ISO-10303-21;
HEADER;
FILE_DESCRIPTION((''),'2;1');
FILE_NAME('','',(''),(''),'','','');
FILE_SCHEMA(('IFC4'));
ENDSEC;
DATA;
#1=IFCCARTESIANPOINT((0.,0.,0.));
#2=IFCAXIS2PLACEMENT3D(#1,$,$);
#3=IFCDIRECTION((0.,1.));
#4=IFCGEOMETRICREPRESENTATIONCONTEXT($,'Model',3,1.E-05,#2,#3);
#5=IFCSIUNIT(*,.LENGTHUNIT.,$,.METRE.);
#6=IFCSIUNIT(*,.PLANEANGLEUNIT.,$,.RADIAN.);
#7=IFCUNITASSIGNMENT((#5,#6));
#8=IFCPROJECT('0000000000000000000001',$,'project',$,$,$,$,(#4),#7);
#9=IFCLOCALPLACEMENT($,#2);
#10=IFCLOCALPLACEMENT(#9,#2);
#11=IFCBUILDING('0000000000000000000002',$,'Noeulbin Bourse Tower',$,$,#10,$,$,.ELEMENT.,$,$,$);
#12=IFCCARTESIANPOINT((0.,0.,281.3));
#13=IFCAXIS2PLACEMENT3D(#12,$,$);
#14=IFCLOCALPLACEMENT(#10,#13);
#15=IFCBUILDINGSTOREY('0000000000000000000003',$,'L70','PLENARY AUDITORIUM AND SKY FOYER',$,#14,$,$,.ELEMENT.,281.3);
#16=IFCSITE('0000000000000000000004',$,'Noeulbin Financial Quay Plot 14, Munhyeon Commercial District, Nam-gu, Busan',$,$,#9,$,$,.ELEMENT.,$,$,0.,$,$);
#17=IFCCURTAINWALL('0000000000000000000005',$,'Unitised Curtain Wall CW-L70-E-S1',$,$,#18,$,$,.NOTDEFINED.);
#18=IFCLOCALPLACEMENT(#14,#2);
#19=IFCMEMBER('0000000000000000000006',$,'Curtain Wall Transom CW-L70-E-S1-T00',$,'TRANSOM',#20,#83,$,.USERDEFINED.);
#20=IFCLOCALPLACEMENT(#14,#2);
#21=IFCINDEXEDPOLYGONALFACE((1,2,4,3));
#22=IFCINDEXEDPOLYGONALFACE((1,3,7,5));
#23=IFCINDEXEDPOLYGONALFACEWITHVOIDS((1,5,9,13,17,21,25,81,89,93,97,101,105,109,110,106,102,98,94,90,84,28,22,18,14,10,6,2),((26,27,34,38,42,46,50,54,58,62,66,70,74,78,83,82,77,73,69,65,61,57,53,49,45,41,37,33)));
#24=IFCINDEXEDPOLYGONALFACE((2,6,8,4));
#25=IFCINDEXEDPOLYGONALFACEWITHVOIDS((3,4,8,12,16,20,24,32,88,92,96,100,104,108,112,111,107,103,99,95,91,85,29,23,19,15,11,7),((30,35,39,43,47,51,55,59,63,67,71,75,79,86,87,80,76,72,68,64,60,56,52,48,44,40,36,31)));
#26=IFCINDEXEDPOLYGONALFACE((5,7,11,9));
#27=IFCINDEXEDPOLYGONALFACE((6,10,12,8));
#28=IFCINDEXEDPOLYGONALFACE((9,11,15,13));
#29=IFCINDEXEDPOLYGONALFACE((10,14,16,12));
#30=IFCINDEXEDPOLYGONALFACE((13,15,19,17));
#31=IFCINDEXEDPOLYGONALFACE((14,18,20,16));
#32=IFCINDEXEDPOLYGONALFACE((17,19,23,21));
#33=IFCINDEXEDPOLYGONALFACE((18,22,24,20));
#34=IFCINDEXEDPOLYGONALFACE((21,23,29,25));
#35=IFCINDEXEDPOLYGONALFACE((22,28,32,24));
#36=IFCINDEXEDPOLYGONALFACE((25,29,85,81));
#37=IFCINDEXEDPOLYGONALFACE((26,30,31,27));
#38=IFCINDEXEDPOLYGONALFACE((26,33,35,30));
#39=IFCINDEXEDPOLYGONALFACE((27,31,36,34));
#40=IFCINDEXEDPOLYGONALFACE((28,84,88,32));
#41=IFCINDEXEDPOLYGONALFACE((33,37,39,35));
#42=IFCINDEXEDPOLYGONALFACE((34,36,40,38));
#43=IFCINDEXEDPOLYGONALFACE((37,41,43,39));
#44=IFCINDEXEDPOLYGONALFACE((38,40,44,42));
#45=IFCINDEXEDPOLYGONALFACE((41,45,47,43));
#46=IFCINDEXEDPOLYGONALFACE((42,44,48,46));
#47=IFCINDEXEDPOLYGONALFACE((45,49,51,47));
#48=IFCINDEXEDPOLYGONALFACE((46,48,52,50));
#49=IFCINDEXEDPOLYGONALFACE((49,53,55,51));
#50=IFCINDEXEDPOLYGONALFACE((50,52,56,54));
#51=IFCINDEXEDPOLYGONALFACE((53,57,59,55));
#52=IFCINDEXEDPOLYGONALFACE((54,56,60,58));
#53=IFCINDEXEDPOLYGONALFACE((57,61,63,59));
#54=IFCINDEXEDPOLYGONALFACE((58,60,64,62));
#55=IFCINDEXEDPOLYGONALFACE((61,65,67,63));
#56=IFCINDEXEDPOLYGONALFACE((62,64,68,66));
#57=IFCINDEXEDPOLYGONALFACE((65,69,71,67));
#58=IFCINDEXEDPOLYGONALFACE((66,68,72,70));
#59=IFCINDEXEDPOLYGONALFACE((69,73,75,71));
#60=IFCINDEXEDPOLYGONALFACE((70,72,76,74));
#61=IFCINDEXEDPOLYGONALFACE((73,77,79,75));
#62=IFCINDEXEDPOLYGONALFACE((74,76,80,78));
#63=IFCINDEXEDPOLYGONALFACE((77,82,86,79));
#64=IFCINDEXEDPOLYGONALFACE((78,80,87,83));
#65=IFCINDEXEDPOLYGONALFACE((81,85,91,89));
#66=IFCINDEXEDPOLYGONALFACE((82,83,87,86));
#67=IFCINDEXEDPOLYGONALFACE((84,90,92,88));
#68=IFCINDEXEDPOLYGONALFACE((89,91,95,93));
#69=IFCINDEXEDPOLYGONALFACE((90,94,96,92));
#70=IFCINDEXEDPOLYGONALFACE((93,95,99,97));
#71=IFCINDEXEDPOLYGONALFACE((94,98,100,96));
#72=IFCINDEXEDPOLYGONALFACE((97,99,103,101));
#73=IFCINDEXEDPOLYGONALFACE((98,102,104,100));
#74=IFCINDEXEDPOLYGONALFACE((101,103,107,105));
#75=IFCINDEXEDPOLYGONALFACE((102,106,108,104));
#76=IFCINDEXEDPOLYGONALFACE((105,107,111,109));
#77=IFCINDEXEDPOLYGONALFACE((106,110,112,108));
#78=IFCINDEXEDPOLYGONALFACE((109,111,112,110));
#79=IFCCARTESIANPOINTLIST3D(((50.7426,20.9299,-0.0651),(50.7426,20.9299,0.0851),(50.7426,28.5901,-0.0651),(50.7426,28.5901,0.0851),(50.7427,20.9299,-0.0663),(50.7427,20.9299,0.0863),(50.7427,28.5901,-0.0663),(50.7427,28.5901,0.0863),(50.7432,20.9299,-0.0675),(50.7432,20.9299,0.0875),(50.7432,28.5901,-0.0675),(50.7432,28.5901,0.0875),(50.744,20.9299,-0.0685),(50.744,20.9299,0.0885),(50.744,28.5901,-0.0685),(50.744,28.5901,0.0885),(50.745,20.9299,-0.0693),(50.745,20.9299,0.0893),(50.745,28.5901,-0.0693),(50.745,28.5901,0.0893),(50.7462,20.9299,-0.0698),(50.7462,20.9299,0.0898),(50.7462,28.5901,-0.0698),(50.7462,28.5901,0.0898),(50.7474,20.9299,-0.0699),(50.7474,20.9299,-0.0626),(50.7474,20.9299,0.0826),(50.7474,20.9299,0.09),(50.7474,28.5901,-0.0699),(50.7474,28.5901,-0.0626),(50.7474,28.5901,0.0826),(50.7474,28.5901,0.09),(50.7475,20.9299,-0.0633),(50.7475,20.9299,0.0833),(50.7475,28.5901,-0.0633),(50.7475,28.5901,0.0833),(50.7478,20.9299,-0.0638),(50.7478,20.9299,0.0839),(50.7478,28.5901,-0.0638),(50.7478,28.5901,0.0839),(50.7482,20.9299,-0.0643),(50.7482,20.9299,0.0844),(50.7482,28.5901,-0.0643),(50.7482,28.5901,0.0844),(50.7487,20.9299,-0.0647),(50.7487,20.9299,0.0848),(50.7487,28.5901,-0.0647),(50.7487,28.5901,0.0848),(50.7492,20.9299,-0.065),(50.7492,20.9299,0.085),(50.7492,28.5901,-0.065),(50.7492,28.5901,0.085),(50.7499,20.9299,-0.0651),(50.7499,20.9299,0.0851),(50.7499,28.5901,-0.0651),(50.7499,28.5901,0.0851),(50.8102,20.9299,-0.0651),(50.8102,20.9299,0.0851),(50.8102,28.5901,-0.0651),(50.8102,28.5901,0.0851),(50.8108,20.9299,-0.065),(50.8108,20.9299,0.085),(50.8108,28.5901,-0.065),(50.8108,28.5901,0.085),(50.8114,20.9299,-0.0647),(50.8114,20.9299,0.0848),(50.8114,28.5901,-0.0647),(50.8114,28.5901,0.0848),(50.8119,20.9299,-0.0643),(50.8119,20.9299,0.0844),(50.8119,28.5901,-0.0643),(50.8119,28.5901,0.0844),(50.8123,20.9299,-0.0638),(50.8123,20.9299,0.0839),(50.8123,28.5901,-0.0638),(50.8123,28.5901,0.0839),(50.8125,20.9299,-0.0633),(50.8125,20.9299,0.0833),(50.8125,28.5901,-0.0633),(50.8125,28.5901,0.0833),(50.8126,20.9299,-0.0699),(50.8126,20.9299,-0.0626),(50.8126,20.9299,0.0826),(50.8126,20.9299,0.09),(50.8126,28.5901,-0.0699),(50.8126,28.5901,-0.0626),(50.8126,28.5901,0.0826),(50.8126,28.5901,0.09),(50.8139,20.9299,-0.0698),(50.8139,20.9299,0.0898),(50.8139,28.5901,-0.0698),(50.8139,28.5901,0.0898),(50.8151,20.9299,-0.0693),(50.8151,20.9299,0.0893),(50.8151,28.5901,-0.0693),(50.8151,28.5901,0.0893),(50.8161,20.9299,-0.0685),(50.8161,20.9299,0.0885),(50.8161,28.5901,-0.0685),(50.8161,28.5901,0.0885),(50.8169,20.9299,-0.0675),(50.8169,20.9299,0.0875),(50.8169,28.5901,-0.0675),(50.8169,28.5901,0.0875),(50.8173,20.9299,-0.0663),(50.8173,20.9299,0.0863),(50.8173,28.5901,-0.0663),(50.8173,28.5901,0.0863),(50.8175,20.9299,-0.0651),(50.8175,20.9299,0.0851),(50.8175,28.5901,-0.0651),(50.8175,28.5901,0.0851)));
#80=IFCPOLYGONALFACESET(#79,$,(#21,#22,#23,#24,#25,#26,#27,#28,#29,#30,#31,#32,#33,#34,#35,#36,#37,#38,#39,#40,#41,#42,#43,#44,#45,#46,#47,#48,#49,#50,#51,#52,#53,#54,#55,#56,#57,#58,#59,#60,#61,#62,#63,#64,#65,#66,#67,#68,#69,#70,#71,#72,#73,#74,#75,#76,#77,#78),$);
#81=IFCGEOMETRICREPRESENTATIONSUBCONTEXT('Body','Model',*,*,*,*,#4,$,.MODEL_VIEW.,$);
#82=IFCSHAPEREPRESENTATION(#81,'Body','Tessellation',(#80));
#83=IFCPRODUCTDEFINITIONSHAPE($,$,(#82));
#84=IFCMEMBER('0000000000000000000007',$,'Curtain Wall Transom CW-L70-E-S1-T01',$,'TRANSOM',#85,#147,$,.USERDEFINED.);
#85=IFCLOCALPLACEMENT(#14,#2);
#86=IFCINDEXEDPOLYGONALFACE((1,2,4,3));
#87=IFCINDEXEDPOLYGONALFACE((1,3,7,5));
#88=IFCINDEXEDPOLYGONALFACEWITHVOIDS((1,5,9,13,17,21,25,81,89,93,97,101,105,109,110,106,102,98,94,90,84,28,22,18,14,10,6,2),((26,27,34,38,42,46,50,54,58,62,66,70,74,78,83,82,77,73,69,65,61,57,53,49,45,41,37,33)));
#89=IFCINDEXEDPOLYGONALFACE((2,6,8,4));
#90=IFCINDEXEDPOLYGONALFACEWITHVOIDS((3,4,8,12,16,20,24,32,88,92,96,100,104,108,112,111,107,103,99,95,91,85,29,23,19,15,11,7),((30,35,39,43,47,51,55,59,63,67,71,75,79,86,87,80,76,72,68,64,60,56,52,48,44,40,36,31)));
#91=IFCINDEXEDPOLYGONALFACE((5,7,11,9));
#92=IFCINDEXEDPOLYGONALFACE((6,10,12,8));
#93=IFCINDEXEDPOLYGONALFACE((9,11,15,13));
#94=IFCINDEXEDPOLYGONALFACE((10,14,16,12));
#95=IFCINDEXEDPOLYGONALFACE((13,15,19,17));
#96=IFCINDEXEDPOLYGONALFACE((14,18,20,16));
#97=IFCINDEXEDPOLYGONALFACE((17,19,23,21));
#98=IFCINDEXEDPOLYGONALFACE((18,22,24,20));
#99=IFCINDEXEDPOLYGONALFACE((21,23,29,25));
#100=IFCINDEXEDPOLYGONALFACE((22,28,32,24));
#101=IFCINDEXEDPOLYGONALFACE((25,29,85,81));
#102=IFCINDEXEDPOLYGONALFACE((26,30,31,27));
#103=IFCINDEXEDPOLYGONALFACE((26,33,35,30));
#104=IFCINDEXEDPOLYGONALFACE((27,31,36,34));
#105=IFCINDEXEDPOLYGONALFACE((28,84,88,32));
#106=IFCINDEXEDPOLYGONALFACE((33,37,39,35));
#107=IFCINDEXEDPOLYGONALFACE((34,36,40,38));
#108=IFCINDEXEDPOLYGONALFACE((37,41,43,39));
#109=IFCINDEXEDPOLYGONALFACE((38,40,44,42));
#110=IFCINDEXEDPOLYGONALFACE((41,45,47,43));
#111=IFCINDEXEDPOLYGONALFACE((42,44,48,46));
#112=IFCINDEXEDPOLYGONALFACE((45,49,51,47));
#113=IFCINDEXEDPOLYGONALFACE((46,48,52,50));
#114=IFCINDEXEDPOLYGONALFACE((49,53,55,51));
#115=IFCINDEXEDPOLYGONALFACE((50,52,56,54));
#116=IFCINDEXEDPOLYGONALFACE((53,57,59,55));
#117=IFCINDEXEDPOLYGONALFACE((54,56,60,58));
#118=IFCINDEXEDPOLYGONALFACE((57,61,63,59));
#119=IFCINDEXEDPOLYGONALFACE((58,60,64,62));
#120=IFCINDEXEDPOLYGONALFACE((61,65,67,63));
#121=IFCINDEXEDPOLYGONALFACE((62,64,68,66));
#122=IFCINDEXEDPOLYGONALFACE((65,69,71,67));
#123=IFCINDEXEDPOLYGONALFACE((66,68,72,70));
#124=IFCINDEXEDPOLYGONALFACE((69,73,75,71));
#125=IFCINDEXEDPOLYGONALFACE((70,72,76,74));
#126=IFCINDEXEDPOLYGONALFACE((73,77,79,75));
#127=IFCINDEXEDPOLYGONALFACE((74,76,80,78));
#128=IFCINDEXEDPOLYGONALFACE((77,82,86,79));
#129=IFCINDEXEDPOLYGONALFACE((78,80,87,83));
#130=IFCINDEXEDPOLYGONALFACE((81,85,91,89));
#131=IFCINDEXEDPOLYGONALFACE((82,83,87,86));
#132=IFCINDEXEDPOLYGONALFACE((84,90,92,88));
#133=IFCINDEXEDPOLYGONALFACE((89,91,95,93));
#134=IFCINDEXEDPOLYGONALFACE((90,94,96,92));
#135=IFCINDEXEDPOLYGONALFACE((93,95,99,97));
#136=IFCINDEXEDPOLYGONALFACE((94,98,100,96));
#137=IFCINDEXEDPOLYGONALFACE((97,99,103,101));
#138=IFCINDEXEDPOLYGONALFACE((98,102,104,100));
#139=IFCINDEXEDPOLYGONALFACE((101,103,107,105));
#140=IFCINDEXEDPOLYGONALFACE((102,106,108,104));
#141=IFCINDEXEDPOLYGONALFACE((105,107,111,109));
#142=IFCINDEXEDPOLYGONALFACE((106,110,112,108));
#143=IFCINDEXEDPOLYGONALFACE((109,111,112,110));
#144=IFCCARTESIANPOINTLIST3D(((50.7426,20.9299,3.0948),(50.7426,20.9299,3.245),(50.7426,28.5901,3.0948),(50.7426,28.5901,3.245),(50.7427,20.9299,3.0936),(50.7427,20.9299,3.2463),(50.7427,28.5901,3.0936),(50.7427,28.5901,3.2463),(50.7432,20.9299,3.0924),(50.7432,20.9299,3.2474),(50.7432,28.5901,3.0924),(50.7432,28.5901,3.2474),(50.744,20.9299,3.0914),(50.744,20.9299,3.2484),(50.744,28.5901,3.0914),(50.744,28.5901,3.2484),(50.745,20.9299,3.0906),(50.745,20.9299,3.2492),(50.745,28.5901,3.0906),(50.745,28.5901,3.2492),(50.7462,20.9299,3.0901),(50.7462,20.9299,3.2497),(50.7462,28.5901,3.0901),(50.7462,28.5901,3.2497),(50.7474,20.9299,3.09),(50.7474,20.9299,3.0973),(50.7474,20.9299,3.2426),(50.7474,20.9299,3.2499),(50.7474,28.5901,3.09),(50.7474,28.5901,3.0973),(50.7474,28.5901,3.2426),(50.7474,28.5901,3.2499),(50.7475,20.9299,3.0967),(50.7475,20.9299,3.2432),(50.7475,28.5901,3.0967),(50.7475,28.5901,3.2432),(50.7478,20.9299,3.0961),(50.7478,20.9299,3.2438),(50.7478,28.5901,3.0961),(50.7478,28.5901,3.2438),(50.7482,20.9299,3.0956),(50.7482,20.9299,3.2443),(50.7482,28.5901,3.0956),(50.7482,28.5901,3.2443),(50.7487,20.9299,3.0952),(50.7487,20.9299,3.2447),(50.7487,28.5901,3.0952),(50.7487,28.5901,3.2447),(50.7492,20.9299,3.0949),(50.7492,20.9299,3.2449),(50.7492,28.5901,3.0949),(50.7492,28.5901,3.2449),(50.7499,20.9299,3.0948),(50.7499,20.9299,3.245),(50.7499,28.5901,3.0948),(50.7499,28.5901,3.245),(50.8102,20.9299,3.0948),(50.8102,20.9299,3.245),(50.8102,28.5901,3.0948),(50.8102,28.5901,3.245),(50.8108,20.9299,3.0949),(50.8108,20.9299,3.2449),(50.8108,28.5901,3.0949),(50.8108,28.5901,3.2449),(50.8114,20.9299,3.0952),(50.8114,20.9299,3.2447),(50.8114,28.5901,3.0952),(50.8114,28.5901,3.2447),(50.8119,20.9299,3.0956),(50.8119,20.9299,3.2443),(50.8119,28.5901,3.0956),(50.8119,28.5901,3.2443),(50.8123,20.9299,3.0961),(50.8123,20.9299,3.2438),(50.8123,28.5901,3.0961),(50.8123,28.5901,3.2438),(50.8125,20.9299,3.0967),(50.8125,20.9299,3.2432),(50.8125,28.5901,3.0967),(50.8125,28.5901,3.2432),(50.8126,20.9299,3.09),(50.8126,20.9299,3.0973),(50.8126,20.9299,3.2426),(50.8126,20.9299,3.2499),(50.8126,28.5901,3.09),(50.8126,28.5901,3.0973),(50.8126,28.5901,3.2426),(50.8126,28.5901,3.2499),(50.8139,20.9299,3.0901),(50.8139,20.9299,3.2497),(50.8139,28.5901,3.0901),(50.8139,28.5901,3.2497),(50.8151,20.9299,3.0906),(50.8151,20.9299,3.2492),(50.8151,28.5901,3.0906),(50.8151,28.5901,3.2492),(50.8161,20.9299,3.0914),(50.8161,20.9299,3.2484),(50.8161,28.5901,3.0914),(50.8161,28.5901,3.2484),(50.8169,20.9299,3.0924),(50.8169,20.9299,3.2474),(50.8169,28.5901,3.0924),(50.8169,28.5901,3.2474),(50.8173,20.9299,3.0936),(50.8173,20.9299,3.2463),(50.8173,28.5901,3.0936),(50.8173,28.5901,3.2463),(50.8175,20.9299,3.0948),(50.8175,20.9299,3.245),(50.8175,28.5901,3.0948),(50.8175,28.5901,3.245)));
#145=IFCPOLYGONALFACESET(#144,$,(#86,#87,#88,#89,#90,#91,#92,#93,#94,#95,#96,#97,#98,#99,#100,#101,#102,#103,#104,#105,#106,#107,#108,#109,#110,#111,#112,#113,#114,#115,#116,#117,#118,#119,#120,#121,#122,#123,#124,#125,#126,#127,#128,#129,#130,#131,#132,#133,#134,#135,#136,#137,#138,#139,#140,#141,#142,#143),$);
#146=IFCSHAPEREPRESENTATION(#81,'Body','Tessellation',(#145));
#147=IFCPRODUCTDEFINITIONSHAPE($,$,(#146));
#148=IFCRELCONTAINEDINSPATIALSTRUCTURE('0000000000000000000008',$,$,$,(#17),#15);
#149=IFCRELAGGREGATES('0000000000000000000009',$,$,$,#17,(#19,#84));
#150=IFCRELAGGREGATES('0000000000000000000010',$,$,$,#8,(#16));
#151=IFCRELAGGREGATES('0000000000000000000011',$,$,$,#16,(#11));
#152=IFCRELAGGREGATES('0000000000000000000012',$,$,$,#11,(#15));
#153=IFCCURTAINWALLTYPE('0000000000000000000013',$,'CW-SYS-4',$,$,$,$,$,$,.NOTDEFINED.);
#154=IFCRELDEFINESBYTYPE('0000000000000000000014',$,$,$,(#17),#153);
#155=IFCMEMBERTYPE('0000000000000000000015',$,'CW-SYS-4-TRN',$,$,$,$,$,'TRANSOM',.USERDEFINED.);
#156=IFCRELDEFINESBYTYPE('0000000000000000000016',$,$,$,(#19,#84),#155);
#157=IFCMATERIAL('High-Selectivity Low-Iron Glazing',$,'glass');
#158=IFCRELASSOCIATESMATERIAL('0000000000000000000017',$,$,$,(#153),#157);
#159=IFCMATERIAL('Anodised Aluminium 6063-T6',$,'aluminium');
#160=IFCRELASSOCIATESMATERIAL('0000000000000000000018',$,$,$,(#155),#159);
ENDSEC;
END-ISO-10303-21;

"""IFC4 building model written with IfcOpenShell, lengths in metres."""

from ifc_helpers import new_model, si_unit, direction, frame, origin, origin_2d, place, context, subcontext, project, spatial, hollow_rectangle, extrude, material, material_profile, profile_set, type_object, element, aggregate, save


model = new_model("IFC4")

# Units and contexts
model_context = context("Model", 3, precision=1e-05, world=origin(), true_north=direction((0.0, 1.0)))
body_context = subcontext(model_context, "Body", "Model", "MODEL_VIEW")
ifc_project = project(units=[si_unit("LENGTHUNIT", "METRE"), si_unit("PLANEANGLEUNIT", "RADIAN")], contexts=[model_context])

# Site, building, storey
site_placement = place(None, origin())
site = spatial("IfcSite", under=ifc_project, at=site_placement, Name="Noeulbin Financial Quay Plot 14, Munhyeon Commercial District, Nam-gu, Busan", CompositionType="ELEMENT", RefElevation=0.0)
building_placement = place(site_placement, origin())
building = spatial("IfcBuilding", under=site, at=building_placement, Name="Noeulbin Bourse Tower", CompositionType="ELEMENT")
storey_placement = place(building_placement, frame((0.0, 0.0, 281.3)))
storey = spatial("IfcBuildingStorey", under=building, at=storey_placement, Name="L70", Description="PLENARY AUDITORIUM AND SKY FOYER", CompositionType="ELEMENT", Elevation=281.3)

# Curtain wall
ifc_material_1 = material(Name="High-Selectivity Low-Iron Glazing", Category="glass")
curtain_wall_type = type_object("IfcCurtainWallType", Name="CW-SYS-4", PredefinedType="NOTDEFINED", material=ifc_material_1)
ifc_material_2 = material(Name="Anodised Aluminium 6063-T6", Category="aluminium")
curtain_wall_1_placement = place(storey_placement, origin())
curtain_wall_1 = element("IfcCurtainWall", 1, at=curtain_wall_1_placement, inside=storey, type_object=curtain_wall_type, Name="Unitised Curtain Wall CW-L70-E-S1", PredefinedType="NOTDEFINED")

# Members
ifc_material_profile_1 = material_profile(ifc_material_2, hollow_rectangle(XDim=0.075, YDim=0.1599, WallThickness=0.0049, InnerFilletRadius=0.0024, OuterFilletRadius=0.0049, at=origin_2d()), Name="ALU-TRAN-75x160x5", Category="LoadBearing")
ifc_profile_set_1 = profile_set([ifc_material_profile_1], Name="Anodised Aluminium 6063-T6")
member_type_1 = type_object("IfcMemberType", Name="CW-SYS-4-TRN", ElementType="TRANSOM", PredefinedType="USERDEFINED", material=ifc_profile_set_1)
member_1_placement = place(storey_placement, frame((50.78, 20.9299, 0.01), z_axis=(0.0, 1.0, 0.0), x_axis=(-1.0, 0.0, 0.0)))
member_1 = element("IfcMember", 2, at=member_1_placement, type_object=member_type_1, Name="Curtain Wall Transom CW-L70-E-S1-T00", ObjectType="TRANSOM", PredefinedType="USERDEFINED", context=body_context, shape_type="SweptSolid", body=[
    extrude(hollow_rectangle(XDim=0.075, YDim=0.1599, WallThickness=0.0049, InnerFilletRadius=0.0024, OuterFilletRadius=0.0049, at=origin_2d()), origin(), (0.0, 0.0, 1.0), 7.6602),
])
member_2_placement = place(storey_placement, frame((50.78, 20.9299, 3.1699), z_axis=(0.0, 1.0, 0.0), x_axis=(-1.0, 0.0, 0.0)))
member_2 = element("IfcMember", 3, at=member_2_placement, type_object=member_type_1, Name="Curtain Wall Transom CW-L70-E-S1-T01", ObjectType="TRANSOM", PredefinedType="USERDEFINED", context=body_context, shape_type="SweptSolid", body=[
    extrude(hollow_rectangle(XDim=0.075, YDim=0.1599, WallThickness=0.0049, InnerFilletRadius=0.0024, OuterFilletRadius=0.0049, at=origin_2d()), origin(), (0.0, 0.0, 1.0), 7.6602),
])

aggregate(curtain_wall_1, [member_1, member_2])

save(model, "model.ifc")
